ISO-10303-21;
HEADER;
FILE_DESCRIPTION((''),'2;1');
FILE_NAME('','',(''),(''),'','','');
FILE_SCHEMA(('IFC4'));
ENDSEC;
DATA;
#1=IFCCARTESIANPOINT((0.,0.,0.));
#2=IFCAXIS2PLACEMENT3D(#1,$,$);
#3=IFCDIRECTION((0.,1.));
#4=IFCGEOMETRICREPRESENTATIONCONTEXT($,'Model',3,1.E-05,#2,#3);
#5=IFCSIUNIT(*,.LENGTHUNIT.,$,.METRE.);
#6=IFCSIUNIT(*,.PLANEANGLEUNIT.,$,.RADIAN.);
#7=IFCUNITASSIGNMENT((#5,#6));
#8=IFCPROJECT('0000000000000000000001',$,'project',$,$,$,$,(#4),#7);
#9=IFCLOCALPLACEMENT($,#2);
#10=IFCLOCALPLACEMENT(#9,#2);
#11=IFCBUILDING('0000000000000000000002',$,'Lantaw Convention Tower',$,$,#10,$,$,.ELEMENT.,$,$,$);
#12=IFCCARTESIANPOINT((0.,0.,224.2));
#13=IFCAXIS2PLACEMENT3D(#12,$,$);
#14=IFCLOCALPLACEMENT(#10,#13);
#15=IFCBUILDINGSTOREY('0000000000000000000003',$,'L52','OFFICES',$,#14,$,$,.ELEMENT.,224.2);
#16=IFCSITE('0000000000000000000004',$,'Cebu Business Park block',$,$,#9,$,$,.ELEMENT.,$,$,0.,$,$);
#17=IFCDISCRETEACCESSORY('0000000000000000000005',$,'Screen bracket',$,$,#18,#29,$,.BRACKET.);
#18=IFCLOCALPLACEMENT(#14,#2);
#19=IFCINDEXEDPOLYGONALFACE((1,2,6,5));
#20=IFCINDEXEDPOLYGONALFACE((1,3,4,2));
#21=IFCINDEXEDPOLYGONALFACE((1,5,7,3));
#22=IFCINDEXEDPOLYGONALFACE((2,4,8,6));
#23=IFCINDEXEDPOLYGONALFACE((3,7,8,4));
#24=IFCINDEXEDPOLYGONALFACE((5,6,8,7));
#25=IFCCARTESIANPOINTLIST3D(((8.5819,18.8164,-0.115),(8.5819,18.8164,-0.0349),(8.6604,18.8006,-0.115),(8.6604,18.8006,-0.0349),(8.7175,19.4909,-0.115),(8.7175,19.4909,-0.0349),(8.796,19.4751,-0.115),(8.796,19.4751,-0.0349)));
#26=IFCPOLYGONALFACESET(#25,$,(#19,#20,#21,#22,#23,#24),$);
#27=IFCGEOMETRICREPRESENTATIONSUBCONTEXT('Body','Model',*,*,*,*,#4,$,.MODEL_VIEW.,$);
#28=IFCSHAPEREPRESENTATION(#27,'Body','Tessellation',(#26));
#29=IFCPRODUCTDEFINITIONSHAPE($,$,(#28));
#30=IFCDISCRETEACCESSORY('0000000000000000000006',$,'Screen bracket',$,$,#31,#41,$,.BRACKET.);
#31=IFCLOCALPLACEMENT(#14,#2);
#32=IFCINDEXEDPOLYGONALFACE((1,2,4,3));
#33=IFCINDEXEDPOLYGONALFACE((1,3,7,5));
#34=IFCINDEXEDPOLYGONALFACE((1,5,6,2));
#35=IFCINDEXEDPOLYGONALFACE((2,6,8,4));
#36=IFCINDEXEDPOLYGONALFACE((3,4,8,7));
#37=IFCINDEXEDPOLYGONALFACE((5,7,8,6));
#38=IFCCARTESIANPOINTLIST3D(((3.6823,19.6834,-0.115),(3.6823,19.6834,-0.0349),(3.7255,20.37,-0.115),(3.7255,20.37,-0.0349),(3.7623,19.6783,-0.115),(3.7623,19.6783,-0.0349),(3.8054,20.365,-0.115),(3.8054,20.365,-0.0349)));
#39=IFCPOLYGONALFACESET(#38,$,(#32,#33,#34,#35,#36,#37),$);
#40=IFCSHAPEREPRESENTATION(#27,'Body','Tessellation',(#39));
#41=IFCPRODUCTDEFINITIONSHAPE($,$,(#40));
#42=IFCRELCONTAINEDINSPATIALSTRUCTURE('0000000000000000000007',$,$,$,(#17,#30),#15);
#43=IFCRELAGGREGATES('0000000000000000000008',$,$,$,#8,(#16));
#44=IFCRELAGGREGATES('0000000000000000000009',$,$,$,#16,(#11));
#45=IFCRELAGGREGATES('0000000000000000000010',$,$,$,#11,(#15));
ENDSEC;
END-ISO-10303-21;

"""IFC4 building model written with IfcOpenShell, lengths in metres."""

from ifc_helpers import new_model, si_unit, direction, frame, origin, origin_2d, place, context, subcontext, project, spatial, rectangle, extrude, element, save


model = new_model("IFC4")

# Units and contexts
model_context = context("Model", 3, precision=1e-05, world=origin(), true_north=direction((0.0, 1.0)))
body_context = subcontext(model_context, "Body", "Model", "MODEL_VIEW")
ifc_project = project(units=[si_unit("LENGTHUNIT", "METRE"), si_unit("PLANEANGLEUNIT", "RADIAN")], contexts=[model_context])

# Site, building, storey
site_placement = place(None, origin())
site = spatial("IfcSite", under=ifc_project, at=site_placement, Name="Cebu Business Park block", CompositionType="ELEMENT", RefElevation=0.0)
building_placement = place(site_placement, origin())
building = spatial("IfcBuilding", under=site, at=building_placement, Name="Lantaw Convention Tower", CompositionType="ELEMENT")
storey_placement = place(building_placement, frame((0.0, 0.0, 224.2)))
storey = spatial("IfcBuildingStorey", under=building, at=storey_placement, Name="L52", Description="OFFICES", CompositionType="ELEMENT", Elevation=224.2)

# Discrete accessories
for number, where, z_axis, x_axis, name in (
    (1, (8.689, 19.1458, -0.115), (0.0, 0.0, 1.0), (-0.980367, 0.197183, 0.0), "Screen bracket"),
    (2, (3.7439, 20.0242, -0.115), (0.0, 0.0, 1.0), (-0.998029, 0.062758, 0.0), "Screen bracket"),
):
    element("IfcDiscreteAccessory", number, at=place(storey_placement, frame(where, z_axis=z_axis, x_axis=x_axis)), inside=storey, Name=name, PredefinedType="BRACKET", context=body_context, shape_type="SweptSolid", body=[
        extrude(rectangle(XDim=0.0801, YDim=0.688, at=origin_2d()), origin(), (0.0, 0.0, 1.0), 0.0801),
    ])

save(model, "model.ifc")
